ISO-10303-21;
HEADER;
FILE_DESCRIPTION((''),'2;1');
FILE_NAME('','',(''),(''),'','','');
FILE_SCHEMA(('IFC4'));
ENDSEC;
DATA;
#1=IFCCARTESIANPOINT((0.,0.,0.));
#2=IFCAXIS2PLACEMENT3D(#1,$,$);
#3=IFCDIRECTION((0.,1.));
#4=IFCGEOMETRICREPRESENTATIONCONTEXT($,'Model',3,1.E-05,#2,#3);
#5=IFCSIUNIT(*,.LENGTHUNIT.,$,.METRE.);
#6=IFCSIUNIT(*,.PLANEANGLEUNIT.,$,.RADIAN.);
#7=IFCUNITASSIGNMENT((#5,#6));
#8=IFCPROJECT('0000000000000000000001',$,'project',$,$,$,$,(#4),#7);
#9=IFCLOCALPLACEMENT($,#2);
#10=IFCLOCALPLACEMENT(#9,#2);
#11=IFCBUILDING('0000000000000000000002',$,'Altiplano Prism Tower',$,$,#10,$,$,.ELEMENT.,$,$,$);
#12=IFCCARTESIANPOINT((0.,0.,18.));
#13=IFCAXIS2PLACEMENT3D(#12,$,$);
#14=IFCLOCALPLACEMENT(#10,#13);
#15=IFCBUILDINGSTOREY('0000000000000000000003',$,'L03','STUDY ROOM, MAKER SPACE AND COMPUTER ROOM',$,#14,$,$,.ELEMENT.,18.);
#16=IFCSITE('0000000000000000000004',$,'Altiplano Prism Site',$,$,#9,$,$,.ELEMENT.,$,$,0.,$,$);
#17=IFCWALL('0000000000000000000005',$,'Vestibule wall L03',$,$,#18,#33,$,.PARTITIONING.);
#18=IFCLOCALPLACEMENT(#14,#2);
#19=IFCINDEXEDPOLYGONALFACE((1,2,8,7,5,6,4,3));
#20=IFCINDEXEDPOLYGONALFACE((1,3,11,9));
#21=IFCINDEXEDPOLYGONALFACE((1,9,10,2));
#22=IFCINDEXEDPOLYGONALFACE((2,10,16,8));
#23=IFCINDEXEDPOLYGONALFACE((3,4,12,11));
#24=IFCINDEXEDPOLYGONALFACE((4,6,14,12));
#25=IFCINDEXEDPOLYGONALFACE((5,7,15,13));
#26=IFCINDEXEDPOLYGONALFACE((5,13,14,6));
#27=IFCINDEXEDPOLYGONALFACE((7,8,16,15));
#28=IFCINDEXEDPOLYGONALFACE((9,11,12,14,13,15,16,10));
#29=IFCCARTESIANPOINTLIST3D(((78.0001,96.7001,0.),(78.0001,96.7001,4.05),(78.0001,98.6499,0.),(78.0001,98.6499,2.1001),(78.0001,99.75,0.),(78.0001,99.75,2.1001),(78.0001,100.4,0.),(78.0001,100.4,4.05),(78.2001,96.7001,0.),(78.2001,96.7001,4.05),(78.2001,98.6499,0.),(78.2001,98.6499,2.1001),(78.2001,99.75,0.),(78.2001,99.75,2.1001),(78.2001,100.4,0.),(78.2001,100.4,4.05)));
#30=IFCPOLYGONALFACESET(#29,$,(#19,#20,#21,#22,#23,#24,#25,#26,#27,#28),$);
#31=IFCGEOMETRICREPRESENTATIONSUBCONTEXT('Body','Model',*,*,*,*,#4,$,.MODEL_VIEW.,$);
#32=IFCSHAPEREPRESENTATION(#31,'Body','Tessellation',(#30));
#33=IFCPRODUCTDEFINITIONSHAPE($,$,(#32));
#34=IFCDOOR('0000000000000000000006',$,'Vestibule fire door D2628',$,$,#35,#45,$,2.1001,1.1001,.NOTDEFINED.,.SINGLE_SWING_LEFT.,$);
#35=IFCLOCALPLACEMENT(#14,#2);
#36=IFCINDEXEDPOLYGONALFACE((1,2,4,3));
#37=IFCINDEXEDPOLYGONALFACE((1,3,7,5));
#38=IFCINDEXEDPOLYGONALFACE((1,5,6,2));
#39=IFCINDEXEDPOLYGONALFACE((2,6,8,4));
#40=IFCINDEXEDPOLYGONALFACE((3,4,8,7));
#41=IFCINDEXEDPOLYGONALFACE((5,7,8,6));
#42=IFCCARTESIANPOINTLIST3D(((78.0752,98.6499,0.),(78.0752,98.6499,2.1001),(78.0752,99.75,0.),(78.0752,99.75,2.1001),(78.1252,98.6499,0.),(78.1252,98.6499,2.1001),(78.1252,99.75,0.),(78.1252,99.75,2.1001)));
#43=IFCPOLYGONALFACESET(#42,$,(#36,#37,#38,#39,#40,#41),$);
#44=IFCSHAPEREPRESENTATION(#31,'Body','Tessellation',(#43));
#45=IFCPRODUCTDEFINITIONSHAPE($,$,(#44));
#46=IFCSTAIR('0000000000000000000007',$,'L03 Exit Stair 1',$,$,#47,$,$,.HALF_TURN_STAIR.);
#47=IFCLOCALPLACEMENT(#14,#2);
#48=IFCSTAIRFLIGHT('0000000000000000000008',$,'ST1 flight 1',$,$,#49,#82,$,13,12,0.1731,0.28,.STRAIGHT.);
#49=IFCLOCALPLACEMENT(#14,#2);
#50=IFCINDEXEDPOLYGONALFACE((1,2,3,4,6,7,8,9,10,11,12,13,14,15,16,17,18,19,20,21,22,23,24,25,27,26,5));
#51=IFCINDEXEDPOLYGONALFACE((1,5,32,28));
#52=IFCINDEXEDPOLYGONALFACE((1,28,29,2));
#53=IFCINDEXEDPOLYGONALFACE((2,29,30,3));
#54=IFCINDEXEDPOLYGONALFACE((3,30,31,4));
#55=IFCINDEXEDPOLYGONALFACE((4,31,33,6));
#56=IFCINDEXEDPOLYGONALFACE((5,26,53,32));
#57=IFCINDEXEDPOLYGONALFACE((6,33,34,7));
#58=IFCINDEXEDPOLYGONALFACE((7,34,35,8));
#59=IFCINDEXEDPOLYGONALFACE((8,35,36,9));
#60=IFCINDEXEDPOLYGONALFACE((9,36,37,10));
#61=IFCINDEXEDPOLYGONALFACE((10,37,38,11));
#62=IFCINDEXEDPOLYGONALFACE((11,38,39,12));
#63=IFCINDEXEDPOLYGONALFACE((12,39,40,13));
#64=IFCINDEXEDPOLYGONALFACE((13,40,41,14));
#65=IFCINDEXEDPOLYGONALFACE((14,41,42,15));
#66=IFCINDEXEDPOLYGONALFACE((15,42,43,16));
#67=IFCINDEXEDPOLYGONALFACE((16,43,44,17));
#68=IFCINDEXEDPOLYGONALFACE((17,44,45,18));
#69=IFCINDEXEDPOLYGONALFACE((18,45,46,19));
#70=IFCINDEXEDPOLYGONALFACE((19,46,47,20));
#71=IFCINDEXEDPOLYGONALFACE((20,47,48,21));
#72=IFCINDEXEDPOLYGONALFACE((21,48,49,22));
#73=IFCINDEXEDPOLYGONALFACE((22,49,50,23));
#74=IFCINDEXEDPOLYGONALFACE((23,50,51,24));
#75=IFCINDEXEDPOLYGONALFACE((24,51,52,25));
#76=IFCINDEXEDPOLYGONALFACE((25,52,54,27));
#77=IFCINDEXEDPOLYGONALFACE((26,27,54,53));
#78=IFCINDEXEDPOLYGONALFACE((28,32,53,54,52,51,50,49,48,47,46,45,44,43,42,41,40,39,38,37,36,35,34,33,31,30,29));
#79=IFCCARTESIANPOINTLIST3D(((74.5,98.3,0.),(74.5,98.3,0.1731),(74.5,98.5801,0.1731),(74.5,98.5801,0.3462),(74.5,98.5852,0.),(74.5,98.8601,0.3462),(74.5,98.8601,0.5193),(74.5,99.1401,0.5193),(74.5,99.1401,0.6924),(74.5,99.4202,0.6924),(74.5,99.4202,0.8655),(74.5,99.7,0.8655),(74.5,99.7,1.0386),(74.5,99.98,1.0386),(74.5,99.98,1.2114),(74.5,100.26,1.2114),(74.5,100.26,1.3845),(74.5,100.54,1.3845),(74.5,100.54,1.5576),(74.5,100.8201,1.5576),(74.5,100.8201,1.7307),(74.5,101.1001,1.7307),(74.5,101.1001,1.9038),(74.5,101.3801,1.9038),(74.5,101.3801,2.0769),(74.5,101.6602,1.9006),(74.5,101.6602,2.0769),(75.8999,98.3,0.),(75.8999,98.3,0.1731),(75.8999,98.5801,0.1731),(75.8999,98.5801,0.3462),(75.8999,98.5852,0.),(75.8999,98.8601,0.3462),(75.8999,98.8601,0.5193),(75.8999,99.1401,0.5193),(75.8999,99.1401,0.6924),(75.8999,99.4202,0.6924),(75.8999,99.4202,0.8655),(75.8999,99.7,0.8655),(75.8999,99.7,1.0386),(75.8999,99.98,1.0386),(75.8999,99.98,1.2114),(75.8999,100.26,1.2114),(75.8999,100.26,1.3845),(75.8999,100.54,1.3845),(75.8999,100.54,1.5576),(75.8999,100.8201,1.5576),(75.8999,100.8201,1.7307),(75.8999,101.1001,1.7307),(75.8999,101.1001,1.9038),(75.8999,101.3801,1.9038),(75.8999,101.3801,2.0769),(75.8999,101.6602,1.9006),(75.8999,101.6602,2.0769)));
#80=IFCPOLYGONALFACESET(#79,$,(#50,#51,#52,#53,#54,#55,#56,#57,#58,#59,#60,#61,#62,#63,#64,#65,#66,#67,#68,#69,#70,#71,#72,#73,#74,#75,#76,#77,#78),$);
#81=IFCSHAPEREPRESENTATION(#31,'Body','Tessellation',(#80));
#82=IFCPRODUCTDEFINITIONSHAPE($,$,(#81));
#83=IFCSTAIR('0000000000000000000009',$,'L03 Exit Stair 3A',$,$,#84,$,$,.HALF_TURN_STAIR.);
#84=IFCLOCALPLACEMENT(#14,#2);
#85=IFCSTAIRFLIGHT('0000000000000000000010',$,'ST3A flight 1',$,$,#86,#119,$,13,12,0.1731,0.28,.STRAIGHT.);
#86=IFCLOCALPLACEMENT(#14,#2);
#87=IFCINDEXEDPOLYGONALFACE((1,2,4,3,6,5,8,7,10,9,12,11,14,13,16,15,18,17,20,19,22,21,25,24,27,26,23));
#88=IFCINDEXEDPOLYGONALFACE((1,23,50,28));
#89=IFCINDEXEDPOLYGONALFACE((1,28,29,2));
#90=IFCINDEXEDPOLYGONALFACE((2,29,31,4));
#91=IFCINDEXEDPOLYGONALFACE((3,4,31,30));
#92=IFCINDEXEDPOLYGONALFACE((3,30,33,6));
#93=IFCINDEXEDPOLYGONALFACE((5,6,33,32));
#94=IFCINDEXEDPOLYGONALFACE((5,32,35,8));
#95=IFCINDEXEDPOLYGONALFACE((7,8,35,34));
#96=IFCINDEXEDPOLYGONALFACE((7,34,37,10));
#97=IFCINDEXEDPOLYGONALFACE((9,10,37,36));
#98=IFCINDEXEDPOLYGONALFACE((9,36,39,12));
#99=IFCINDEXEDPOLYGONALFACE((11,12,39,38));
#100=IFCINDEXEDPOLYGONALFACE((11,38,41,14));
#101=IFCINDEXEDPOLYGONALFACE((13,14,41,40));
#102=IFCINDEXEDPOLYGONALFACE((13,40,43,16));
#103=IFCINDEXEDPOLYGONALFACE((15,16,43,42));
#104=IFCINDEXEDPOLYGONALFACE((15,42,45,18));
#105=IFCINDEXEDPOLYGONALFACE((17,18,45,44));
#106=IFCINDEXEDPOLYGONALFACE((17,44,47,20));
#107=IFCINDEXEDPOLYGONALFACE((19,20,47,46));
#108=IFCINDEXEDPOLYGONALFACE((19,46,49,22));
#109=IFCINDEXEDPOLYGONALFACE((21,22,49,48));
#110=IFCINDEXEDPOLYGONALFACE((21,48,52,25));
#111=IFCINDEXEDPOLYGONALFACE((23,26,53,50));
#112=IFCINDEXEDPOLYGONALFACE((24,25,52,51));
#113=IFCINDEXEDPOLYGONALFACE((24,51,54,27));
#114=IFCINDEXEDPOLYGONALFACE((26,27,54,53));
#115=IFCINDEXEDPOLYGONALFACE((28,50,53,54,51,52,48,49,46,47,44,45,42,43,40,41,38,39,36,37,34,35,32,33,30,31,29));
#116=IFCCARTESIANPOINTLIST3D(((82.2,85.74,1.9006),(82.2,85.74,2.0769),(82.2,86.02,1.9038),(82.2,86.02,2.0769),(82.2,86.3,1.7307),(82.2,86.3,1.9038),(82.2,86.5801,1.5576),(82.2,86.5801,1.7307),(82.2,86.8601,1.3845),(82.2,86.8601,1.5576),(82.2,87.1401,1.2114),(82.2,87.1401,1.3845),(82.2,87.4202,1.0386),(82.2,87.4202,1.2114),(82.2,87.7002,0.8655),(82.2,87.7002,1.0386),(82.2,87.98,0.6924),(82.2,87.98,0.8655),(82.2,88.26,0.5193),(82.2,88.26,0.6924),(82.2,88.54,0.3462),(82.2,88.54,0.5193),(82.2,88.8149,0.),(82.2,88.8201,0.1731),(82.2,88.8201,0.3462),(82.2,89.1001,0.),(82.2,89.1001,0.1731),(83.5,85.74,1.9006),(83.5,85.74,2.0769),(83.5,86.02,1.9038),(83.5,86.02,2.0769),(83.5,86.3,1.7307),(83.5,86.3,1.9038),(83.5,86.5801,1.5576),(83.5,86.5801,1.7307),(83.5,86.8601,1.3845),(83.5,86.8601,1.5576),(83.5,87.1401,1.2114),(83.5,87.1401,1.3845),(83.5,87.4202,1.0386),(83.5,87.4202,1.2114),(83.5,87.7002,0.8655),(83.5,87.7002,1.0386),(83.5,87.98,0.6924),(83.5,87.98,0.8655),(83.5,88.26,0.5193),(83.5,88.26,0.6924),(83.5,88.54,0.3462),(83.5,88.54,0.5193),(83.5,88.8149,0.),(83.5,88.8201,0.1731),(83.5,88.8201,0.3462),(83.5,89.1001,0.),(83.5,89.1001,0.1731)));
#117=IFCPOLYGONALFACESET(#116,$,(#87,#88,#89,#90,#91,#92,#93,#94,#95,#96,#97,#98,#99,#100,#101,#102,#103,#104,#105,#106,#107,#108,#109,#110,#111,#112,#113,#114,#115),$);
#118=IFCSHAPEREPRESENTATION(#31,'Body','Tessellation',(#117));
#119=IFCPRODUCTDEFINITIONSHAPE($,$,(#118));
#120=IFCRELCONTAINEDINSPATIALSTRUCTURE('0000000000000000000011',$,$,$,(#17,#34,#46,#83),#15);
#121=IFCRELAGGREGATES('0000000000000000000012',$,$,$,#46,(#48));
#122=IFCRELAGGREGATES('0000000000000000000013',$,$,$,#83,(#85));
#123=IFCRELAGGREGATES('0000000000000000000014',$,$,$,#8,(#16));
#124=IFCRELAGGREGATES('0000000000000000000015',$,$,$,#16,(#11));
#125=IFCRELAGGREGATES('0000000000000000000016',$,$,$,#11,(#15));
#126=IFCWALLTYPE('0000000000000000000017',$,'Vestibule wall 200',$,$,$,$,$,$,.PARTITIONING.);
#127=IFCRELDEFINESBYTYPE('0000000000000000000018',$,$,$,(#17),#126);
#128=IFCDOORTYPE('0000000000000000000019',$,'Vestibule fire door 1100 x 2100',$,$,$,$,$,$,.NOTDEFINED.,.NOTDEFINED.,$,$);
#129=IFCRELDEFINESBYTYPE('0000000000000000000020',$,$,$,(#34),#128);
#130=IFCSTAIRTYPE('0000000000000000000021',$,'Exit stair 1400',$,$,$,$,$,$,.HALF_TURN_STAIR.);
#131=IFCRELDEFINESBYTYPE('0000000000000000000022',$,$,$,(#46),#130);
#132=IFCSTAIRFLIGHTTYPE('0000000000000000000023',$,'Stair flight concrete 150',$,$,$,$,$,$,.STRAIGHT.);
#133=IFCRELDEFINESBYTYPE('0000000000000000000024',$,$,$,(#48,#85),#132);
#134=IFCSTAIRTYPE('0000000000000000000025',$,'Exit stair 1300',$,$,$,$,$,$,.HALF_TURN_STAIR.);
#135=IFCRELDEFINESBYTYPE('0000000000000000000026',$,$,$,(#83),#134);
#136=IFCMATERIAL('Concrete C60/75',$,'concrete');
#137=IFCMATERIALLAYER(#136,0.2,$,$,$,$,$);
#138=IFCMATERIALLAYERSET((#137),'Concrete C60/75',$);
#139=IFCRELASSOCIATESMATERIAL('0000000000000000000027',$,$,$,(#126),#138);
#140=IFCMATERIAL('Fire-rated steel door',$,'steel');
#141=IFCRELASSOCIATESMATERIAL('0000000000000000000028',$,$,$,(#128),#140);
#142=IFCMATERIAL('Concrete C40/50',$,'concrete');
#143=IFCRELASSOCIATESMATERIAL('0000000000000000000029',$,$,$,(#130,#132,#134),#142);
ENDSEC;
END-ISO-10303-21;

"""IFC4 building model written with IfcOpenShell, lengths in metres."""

from ifc_helpers import new_model, si_unit, direction, frame, frame_2d, origin, place, context, subcontext, project, spatial, polyline, rectangle, outline, extrude, material, layer, layer_set, type_object, element, fill, aggregate, save


model = new_model("IFC4")

# Units and contexts
model_context = context("Model", 3, precision=1e-05, world=origin(), true_north=direction((0.0, 1.0)))
body_context = subcontext(model_context, "Body", "Model", "MODEL_VIEW")
ifc_project = project(units=[si_unit("LENGTHUNIT", "METRE"), si_unit("PLANEANGLEUNIT", "RADIAN")], contexts=[model_context])

# Site, building, storey
site_placement = place(None, origin())
site = spatial("IfcSite", under=ifc_project, at=site_placement, Name="Altiplano Prism Site", CompositionType="ELEMENT", RefElevation=0.0)
building_placement = place(site_placement, origin())
building = spatial("IfcBuilding", under=site, at=building_placement, Name="Altiplano Prism Tower", CompositionType="ELEMENT")
storey_placement = place(building_placement, frame((0.0, 0.0, 18.0)))
storey = spatial("IfcBuildingStorey", under=building, at=storey_placement, Name="L03", Description="STUDY ROOM, MAKER SPACE AND COMPUTER ROOM", CompositionType="ELEMENT", Elevation=18.0)

# Shared definitions
ifc_material_1 = material(Name="Fire-rated steel door", Category="steel")

# Shared definitions
ifc_material_2 = material(Name="Concrete C60/75", Category="concrete")

# Shared definitions
ifc_layer_1 = layer(ifc_material_2, 0.2)
ifc_layer_set_1 = layer_set([ifc_layer_1], Name="Concrete C60/75")
wall_type_1 = type_object("IfcWallType", Name="Vestibule wall 200", PredefinedType="PARTITIONING", material=ifc_layer_set_1)

# Wall, opening, door
wall_1_placement = place(storey_placement, frame((78.1001, 96.7, 0.0), z_axis=(0.0, 0.0, 1.0), x_axis=(0.0, 1.0, 0.0)))
wall_1 = element("IfcWall", 1, at=wall_1_placement, inside=storey, type_object=wall_type_1, Name="Vestibule wall L03", PredefinedType="PARTITIONING", context=body_context, shape_type="SweptSolid", body=[
    extrude(rectangle(XDim=3.7, YDim=0.2, at=frame_2d((1.8501, 0.0))), origin(), (0.0, 0.0, 1.0), 4.05),
])
opening_1_placement = place(wall_1_placement, frame((1.95, 0.0, 0.0)))
opening_1 = element("IfcOpeningElement", 2, at=opening_1_placement, cuts=wall_1, PredefinedType="OPENING", context=body_context, shape_type="SweptSolid", body=[
    extrude(rectangle(XDim=1.1001, YDim=2.1001, at=frame_2d((0.55, 1.05))), frame((0.0, 0.1104, 0.0), z_axis=(0.0, -1.0, 0.0), x_axis=(1.0, 0.0, 0.0)), (0.0, 0.0, 1.0), 0.2209),
])
door_type_1 = type_object("IfcDoorType", Name="Vestibule fire door 1100 x 2100", OperationType="NOTDEFINED", PredefinedType="NOTDEFINED", material=ifc_material_1)
door_1_placement = place(opening_1_placement, origin())
door_1 = element("IfcDoor", 3, at=door_1_placement, inside=storey, type_object=door_type_1, Name="Vestibule fire door D2628", OperationType="SINGLE_SWING_LEFT", OverallHeight=2.1001, OverallWidth=1.1001, PredefinedType="NOTDEFINED", context=body_context, shape_type="SweptSolid", body=[
    extrude(rectangle(XDim=1.1001, YDim=2.1001, at=frame_2d((0.55, 1.05))), frame((0.0, 0.0249, 0.0), z_axis=(0.0, -1.0, 0.0), x_axis=(1.0, 0.0, 0.0)), (0.0, 0.0, 1.0), 0.05),
])
fill(opening_1, door_1)

# Stairs, stair flights
ifc_material_3 = material(Name="Concrete C40/50", Category="concrete")
stair_type_1 = type_object("IfcStairType", Name="Exit stair 1400", PredefinedType="HALF_TURN_STAIR", material=ifc_material_3)
stair_1_placement = place(storey_placement, origin())
stair_1 = element("IfcStair", 4, at=stair_1_placement, inside=storey, type_object=stair_type_1, Name="L03 Exit Stair 1", PredefinedType="HALF_TURN_STAIR")
stair_flight_type = type_object("IfcStairFlightType", Name="Stair flight concrete 150", PredefinedType="STRAIGHT", material=ifc_material_3)
stair_flight_1_placement = place(storey_placement, frame((75.2, 98.3, 0.0), z_axis=(0.0, 0.0, 1.0), x_axis=(0.0, 1.0, 0.0)))
stair_flight_1 = element("IfcStairFlight", 5, at=stair_flight_1_placement, type_object=stair_flight_type, Name="ST1 flight 1", NumberOfRisers=13, NumberOfTreads=12, PredefinedType="STRAIGHT", RiserHeight=0.1731, TreadLength=0.28, context=body_context, shape_type="SweptSolid", body=[
    extrude(outline(polyline([(0.0, 0.0), (0.0, 0.1731), (0.28, 0.1731), (0.28, 0.3462), (0.5601, 0.3462), (0.5601, 0.5193), (0.8401, 0.5193), (0.8401, 0.6924), (1.1201, 0.6924), (1.1201, 0.8655), (1.3999, 0.8655), (1.3999, 1.0386), (1.6799, 1.0386), (1.6799, 1.2114), (1.96, 1.2114), (1.96, 1.3845), (2.24, 1.3845), (2.24, 1.5576), (2.52, 1.5576), (2.52, 1.7307), (2.8, 1.7307), (2.8, 1.9038), (3.0801, 1.9038), (3.0801, 2.0769), (3.3601, 2.0769), (3.3601, 2.25), (3.3601, 1.9006), (0.2852, 0.0), (0.0, 0.0)])), frame((0.0, 0.7, 0.0), z_axis=(0.0, -1.0, 0.0), x_axis=(1.0, 0.0, 0.0)), (0.0, 0.0, 1.0), 1.3999),
])
aggregate(stair_1, [stair_flight_1])
stair_type_2 = type_object("IfcStairType", Name="Exit stair 1300", PredefinedType="HALF_TURN_STAIR", material=ifc_material_3)
stair_2_placement = place(storey_placement, origin())
stair_2 = element("IfcStair", 6, at=stair_2_placement, inside=storey, type_object=stair_type_2, Name="L03 Exit Stair 3A", PredefinedType="HALF_TURN_STAIR")
stair_flight_2_placement = place(storey_placement, frame((82.8501, 89.1001, 0.0), z_axis=(0.0, 0.0, 1.0), x_axis=(0.0, -1.0, 0.0)))
stair_flight_2 = element("IfcStairFlight", 7, at=stair_flight_2_placement, type_object=stair_flight_type, Name="ST3A flight 1", NumberOfRisers=13, NumberOfTreads=12, PredefinedType="STRAIGHT", RiserHeight=0.1731, TreadLength=0.28, context=body_context, shape_type="SweptSolid", body=[
    extrude(outline(polyline([(0.0, 0.0), (0.0, 0.1731), (0.28, 0.1731), (0.28, 0.3462), (0.5601, 0.3462), (0.5601, 0.5193), (0.8401, 0.5193), (0.8401, 0.6924), (1.1201, 0.6924), (1.1201, 0.8655), (1.3999, 0.8655), (1.3999, 1.0386), (1.6799, 1.0386), (1.6799, 1.2114), (1.96, 1.2114), (1.96, 1.3845), (2.24, 1.3845), (2.24, 1.5576), (2.52, 1.5576), (2.52, 1.7307), (2.8, 1.7307), (2.8, 1.9038), (3.0801, 1.9038), (3.0801, 2.0769), (3.3601, 2.0769), (3.3601, 2.25), (3.3601, 1.9006), (0.2852, 0.0), (0.0, 0.0)])), frame((0.0, 0.6499, 0.0), z_axis=(0.0, -1.0, 0.0), x_axis=(1.0, 0.0, 0.0)), (0.0, 0.0, 1.0), 1.3),
])
aggregate(stair_2, [stair_flight_2])

save(model, "model.ifc")
